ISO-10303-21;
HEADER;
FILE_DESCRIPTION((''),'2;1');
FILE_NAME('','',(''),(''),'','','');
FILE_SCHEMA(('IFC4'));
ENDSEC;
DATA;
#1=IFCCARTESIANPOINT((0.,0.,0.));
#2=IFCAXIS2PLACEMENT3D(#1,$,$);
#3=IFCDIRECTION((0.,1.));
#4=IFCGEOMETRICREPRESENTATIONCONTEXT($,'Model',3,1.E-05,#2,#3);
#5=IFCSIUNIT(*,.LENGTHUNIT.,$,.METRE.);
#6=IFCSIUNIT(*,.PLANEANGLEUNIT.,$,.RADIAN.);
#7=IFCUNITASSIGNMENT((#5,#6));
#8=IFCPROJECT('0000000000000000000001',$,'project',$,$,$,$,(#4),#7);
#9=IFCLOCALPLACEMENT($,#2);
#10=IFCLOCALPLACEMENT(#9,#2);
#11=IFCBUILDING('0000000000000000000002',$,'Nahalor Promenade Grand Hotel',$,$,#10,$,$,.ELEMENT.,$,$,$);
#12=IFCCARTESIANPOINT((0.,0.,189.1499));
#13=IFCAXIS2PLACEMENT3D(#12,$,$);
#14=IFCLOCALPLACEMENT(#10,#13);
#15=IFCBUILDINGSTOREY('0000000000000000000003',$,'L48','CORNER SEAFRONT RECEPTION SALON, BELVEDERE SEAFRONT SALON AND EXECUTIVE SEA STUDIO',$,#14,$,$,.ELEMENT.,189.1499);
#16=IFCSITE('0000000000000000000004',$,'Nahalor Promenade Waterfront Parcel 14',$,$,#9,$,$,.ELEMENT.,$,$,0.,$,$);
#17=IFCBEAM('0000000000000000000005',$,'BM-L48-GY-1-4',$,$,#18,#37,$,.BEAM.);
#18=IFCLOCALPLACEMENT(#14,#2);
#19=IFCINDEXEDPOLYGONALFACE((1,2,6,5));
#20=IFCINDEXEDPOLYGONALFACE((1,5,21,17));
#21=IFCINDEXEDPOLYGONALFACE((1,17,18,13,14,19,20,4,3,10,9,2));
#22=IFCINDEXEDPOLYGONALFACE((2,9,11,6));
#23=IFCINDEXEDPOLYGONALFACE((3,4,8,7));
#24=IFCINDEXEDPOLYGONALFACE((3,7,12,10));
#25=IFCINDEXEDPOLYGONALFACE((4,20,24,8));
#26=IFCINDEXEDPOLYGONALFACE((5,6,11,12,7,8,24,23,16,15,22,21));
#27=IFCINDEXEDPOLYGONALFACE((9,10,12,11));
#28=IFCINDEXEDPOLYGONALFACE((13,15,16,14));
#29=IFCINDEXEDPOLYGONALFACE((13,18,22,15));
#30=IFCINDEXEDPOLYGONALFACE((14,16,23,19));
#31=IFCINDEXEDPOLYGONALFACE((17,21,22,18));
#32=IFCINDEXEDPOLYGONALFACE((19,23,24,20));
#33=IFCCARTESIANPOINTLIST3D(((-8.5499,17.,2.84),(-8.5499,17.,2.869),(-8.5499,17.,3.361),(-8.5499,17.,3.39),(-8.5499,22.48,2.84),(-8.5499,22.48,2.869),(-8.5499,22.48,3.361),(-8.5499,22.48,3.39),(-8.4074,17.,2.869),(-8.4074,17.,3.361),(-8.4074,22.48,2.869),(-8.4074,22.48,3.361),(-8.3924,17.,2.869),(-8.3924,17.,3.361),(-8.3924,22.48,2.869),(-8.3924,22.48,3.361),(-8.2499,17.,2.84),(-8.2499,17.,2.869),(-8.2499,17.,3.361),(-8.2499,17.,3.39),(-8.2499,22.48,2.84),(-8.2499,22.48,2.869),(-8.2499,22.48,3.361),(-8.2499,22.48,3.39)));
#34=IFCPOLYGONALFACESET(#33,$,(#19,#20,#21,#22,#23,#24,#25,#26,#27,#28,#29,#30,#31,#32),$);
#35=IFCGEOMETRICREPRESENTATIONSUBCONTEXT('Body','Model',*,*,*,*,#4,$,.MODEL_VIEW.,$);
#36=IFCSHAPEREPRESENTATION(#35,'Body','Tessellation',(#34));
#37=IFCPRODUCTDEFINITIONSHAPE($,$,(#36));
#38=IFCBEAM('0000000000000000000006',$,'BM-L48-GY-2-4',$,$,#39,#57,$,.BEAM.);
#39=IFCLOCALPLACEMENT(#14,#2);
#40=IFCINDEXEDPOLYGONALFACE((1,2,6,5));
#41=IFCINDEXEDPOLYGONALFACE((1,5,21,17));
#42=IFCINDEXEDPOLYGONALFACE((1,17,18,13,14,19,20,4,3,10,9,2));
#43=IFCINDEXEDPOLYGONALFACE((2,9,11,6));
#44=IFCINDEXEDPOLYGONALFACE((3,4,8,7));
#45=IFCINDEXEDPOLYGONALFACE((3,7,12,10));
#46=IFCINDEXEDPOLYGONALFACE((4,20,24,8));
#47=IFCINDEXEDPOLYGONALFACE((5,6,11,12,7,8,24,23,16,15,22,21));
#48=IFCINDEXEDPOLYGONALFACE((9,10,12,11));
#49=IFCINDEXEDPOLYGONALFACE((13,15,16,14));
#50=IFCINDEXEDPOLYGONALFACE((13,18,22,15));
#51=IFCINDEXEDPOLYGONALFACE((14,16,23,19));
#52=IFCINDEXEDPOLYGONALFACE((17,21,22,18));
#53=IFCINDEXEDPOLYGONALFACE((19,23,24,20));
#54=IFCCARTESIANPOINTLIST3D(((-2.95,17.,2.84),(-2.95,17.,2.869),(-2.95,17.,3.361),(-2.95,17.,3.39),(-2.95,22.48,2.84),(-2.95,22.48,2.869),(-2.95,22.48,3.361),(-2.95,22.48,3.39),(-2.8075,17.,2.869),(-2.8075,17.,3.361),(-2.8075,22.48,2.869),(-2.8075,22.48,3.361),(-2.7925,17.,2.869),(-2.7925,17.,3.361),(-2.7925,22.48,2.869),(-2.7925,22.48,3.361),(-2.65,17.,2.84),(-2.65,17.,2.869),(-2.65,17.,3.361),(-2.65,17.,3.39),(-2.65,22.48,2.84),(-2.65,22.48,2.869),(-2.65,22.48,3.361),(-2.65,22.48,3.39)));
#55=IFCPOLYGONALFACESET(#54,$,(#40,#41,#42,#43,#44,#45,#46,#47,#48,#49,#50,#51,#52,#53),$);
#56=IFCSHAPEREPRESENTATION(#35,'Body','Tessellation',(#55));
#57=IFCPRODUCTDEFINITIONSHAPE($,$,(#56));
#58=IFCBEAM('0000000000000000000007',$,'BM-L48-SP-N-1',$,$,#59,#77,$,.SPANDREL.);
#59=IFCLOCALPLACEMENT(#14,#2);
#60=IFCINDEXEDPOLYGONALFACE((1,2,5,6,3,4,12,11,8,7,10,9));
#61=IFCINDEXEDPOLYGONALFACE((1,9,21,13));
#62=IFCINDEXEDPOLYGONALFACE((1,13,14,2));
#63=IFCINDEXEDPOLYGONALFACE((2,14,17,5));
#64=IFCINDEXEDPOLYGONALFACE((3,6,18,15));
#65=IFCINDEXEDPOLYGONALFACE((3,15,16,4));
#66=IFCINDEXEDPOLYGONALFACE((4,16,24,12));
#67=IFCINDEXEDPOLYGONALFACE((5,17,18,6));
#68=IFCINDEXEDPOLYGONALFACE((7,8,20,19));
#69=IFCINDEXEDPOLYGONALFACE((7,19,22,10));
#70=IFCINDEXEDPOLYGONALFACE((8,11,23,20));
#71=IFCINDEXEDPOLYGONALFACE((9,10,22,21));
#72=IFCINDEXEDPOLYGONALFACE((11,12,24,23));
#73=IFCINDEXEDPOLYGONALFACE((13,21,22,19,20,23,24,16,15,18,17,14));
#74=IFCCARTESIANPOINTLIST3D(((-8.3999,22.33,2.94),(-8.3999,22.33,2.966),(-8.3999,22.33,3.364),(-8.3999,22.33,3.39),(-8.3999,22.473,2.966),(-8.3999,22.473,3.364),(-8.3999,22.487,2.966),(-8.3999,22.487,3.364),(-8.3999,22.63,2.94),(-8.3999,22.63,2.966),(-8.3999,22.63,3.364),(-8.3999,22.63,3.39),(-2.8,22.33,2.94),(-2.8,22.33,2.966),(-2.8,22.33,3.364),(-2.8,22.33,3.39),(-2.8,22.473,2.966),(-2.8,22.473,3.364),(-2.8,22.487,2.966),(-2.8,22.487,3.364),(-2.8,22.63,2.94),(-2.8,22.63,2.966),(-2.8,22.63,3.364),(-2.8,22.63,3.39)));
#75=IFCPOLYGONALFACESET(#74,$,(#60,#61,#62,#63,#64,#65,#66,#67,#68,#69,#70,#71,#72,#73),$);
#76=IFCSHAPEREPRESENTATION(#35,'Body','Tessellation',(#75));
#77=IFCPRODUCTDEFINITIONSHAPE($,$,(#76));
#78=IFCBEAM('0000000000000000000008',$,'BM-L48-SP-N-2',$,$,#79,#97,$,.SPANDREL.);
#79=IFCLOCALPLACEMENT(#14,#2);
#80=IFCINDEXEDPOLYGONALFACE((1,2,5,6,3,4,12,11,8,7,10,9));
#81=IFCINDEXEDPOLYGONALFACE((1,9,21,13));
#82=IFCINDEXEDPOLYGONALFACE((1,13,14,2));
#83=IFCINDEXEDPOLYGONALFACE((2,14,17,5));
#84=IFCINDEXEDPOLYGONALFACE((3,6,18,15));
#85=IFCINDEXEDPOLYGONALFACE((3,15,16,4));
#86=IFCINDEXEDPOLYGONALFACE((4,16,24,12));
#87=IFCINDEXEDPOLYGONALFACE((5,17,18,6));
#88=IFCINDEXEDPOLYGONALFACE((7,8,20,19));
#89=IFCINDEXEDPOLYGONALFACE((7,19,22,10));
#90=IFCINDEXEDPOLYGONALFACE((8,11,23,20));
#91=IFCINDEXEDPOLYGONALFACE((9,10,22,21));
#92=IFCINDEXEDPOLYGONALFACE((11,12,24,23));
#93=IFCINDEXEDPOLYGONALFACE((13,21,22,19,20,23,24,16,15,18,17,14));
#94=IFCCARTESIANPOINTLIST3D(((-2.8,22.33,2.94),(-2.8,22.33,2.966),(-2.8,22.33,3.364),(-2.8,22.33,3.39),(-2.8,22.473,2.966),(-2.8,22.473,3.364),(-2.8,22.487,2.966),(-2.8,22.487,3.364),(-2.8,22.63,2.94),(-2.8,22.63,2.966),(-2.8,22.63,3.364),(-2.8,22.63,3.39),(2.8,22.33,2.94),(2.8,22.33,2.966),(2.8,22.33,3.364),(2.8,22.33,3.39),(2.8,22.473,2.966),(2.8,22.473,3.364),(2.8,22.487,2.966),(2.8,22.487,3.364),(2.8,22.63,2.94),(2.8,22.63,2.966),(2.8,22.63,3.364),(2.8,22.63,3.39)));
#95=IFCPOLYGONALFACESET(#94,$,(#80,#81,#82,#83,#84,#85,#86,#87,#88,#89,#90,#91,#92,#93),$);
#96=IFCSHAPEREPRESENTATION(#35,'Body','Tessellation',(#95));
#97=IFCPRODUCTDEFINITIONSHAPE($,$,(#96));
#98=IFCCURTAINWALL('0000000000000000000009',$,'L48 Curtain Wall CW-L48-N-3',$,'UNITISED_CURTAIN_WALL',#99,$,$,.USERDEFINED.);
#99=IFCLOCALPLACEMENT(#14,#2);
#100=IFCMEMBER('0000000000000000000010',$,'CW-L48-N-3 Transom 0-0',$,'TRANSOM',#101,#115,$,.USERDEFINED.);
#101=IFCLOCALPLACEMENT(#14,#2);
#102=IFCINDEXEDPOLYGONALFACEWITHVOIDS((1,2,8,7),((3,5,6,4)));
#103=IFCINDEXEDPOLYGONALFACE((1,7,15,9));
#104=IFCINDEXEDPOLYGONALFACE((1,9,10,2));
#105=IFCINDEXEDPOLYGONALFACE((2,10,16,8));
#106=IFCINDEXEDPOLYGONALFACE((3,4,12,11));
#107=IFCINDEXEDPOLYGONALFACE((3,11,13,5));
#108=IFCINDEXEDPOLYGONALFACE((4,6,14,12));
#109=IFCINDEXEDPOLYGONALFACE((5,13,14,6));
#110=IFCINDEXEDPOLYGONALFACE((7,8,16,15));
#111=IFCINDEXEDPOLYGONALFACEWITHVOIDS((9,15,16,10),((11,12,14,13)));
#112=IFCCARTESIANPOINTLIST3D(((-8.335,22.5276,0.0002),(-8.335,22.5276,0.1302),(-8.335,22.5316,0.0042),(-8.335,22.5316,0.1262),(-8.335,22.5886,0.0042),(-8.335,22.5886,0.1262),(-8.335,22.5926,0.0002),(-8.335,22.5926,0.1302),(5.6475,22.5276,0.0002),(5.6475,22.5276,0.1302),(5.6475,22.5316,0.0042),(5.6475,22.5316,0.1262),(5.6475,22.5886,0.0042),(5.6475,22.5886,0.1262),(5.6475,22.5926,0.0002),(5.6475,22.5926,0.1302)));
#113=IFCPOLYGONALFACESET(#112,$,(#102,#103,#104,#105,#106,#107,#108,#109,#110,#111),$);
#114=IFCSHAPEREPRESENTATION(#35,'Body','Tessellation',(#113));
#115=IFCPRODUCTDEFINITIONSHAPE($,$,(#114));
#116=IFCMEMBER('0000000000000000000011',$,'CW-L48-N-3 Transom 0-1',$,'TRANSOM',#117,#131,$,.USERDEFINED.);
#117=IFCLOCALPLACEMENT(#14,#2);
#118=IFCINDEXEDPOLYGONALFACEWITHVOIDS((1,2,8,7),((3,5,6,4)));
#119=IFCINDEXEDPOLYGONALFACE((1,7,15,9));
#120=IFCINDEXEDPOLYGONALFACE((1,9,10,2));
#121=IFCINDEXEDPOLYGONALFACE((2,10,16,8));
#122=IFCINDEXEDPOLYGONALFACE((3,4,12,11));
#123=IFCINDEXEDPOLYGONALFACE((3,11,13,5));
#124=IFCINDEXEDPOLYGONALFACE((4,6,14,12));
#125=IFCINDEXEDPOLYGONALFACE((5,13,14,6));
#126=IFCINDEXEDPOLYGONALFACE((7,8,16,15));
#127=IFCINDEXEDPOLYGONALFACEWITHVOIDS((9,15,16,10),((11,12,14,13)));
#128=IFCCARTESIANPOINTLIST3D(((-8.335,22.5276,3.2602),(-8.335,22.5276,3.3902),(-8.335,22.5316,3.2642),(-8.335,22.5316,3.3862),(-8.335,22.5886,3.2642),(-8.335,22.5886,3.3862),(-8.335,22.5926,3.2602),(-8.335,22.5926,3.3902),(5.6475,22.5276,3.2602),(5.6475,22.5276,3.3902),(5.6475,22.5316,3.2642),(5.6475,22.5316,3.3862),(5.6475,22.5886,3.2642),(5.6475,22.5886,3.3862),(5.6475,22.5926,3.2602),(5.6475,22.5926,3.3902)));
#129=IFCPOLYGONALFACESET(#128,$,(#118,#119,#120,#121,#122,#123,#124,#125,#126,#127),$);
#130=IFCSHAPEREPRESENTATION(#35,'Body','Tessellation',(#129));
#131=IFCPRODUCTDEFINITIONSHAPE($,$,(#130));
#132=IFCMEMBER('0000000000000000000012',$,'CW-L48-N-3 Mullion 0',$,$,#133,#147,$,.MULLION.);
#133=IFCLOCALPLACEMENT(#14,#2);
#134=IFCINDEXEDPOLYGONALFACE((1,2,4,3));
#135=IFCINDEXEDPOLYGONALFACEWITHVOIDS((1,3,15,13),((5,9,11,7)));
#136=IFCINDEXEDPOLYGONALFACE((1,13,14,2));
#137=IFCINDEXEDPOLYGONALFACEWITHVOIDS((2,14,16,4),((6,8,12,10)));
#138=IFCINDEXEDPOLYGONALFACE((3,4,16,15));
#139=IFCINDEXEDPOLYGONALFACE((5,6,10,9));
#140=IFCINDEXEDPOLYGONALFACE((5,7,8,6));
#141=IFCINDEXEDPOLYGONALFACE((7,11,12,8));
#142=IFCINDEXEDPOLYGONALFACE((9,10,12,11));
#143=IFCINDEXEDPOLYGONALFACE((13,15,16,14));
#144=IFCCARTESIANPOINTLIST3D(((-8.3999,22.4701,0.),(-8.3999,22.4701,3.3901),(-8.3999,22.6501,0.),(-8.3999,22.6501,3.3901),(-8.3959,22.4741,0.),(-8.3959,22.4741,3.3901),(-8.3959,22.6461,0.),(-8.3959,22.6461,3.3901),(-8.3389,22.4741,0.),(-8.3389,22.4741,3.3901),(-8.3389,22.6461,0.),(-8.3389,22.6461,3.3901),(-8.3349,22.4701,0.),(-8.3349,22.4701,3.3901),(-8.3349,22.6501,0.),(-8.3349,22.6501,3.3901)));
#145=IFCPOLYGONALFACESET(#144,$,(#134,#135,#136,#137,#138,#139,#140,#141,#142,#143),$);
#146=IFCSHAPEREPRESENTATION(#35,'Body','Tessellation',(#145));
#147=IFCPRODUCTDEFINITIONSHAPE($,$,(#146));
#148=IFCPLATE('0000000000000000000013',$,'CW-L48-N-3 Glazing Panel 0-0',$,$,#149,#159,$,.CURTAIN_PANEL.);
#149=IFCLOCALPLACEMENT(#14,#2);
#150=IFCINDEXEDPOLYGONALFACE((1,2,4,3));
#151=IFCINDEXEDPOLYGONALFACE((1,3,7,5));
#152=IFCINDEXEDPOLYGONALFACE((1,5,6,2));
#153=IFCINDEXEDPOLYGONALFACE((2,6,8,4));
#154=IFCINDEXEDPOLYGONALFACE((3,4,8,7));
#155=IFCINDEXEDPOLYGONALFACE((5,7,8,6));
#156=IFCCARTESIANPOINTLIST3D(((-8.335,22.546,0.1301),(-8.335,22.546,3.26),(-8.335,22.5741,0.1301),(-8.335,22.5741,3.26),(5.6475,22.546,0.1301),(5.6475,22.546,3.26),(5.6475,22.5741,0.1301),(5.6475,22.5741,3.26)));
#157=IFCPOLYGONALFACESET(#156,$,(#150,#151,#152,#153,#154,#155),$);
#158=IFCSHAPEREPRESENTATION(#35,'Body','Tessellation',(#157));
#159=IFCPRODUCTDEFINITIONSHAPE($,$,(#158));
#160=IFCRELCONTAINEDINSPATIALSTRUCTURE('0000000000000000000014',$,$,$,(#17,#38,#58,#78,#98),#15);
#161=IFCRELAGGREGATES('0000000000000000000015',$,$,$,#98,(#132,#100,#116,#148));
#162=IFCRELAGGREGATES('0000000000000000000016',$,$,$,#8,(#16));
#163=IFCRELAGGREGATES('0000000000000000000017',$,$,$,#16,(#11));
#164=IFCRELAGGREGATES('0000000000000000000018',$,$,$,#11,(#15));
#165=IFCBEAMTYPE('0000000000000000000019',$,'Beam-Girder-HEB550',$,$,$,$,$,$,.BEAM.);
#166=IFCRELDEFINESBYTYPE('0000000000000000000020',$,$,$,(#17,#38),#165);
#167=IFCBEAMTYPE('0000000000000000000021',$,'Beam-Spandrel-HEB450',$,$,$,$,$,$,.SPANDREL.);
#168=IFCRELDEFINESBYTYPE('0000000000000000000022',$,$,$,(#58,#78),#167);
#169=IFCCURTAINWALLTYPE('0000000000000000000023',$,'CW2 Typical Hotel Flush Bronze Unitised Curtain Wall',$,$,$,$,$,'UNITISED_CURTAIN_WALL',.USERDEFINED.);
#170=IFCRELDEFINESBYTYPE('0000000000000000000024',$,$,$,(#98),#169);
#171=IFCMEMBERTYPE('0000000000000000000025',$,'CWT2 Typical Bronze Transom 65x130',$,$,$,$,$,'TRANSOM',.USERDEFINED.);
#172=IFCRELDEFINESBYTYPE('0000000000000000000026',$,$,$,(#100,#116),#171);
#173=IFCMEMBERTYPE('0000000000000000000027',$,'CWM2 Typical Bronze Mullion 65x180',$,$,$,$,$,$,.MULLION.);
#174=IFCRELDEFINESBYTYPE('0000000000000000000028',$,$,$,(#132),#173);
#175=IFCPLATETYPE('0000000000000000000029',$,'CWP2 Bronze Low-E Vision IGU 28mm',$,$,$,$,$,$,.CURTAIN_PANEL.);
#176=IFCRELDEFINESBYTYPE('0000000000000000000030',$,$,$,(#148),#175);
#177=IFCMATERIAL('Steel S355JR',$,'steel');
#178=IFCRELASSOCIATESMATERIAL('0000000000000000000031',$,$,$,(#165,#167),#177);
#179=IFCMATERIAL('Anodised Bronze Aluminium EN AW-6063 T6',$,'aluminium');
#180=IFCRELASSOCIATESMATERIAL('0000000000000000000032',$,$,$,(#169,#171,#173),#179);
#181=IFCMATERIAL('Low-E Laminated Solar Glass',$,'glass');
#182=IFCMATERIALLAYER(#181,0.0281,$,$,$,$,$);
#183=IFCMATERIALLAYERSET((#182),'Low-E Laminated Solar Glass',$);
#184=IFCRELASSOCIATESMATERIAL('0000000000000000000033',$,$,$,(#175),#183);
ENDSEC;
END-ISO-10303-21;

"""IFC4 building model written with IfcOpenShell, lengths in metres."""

from ifc_helpers import new_model, si_unit, direction, frame, origin, origin_2d, place, context, subcontext, project, spatial, rectangle, hollow_rectangle, i_section, extrude, source, transform, mapped, material, layer, layer_set, material_profile, profile_set, type_object, element, aggregate, save


model = new_model("IFC4")

# Units and contexts
model_context = context("Model", 3, precision=1e-05, world=origin(), true_north=direction((0.0, 1.0)))
body_context = subcontext(model_context, "Body", "Model", "MODEL_VIEW")
ifc_project = project(units=[si_unit("LENGTHUNIT", "METRE"), si_unit("PLANEANGLEUNIT", "RADIAN")], contexts=[model_context])

# Site, building, storey
site_placement = place(None, origin())
site = spatial("IfcSite", under=ifc_project, at=site_placement, Name="Nahalor Promenade Waterfront Parcel 14", CompositionType="ELEMENT", RefElevation=0.0)
building_placement = place(site_placement, origin())
building = spatial("IfcBuilding", under=site, at=building_placement, Name="Nahalor Promenade Grand Hotel", CompositionType="ELEMENT")
storey_placement = place(building_placement, frame((0.0, 0.0, 189.1499)))
storey = spatial("IfcBuildingStorey", under=building, at=storey_placement, Name="L48", Description="CORNER SEAFRONT RECEPTION SALON, BELVEDERE SEAFRONT SALON AND EXECUTIVE SEA STUDIO", CompositionType="ELEMENT", Elevation=189.1499)

# Beams
ifc_material_1 = material(Name="Steel S355JR", Category="steel")
ifc_material_profile_1 = material_profile(ifc_material_1, i_section(OverallWidth=0.3, OverallDepth=0.55, WebThickness=0.015, FlangeThickness=0.029, at=origin_2d()), Name="HEB 550")
ifc_profile_set_1 = profile_set([ifc_material_profile_1], Name="Steel S355JR")
beam_type_1 = type_object("IfcBeamType", Name="Beam-Girder-HEB550", PredefinedType="BEAM", material=ifc_profile_set_1)
shared_shape_1 = source(origin(), body_context, "Body", "SweptSolid", [
    extrude(i_section(OverallWidth=0.3, OverallDepth=0.55, WebThickness=0.015, FlangeThickness=0.029, at=origin_2d()), origin(), (0.0, 0.0, 1.0), 5.48),
])
for number, where, z_axis, x_axis, name in (
    (1, (-8.3999, 17.0, 3.115), (0.0, 1.0, 0.0), (-1.0, 0.0, 0.0), "BM-L48-GY-1-4"),
    (2, (-2.8, 17.0, 3.115), (0.0, 1.0, 0.0), (-1.0, 0.0, 0.0), "BM-L48-GY-2-4"),
):
    element("IfcBeam", number, at=place(storey_placement, frame(where, z_axis=z_axis, x_axis=x_axis)), inside=storey, type_object=beam_type_1, Name=name, PredefinedType="BEAM", context=body_context, shape_type="MappedRepresentation", body=[
        mapped(shared_shape_1, transform((0.0, 0.0, 0.0), scale=1.0)),
    ])
ifc_material_profile_2 = material_profile(ifc_material_1, i_section(OverallWidth=0.3, OverallDepth=0.45, WebThickness=0.014, FlangeThickness=0.026, at=origin_2d()), Name="HEB 450")
ifc_profile_set_2 = profile_set([ifc_material_profile_2], Name="Steel S355JR")
beam_type_2 = type_object("IfcBeamType", Name="Beam-Spandrel-HEB450", PredefinedType="SPANDREL", material=ifc_profile_set_2)
shared_shape_2 = source(origin(), body_context, "Body", "SweptSolid", [
    extrude(i_section(OverallWidth=0.3, OverallDepth=0.45, WebThickness=0.014, FlangeThickness=0.026, at=origin_2d()), origin(), (0.0, 0.0, 1.0), 5.5999),
])
beam_1_placement = place(storey_placement, frame((-8.3999, 22.48, 3.165), z_axis=(1.0, 0.0, 0.0), x_axis=(0.0, 1.0, 0.0)))
element("IfcBeam", 3, at=beam_1_placement, inside=storey, type_object=beam_type_2, Name="BM-L48-SP-N-1", PredefinedType="SPANDREL", context=body_context, shape_type="MappedRepresentation", body=[
    mapped(shared_shape_2, transform((0.0, 0.0, 0.0), scale=1.0)),
])
shared_shape_3 = source(origin(), body_context, "Body", "SweptSolid", [
    extrude(i_section(OverallWidth=0.3, OverallDepth=0.45, WebThickness=0.014, FlangeThickness=0.026, at=origin_2d()), origin(), (0.0, 0.0, 1.0), 5.6001),
])
beam_2_placement = place(storey_placement, frame((-2.8, 22.48, 3.165), z_axis=(1.0, 0.0, 0.0), x_axis=(0.0, 1.0, 0.0)))
element("IfcBeam", 4, at=beam_2_placement, inside=storey, type_object=beam_type_2, Name="BM-L48-SP-N-2", PredefinedType="SPANDREL", context=body_context, shape_type="MappedRepresentation", body=[
    mapped(shared_shape_3, transform((0.0, 0.0, 0.0), scale=1.0)),
])

# Curtain wall, members, plate
ifc_material_2 = material(Name="Anodised Bronze Aluminium EN AW-6063 T6", Category="aluminium")
curtain_wall_type = type_object("IfcCurtainWallType", Name="CW2 Typical Hotel Flush Bronze Unitised Curtain Wall", ElementType="UNITISED_CURTAIN_WALL", PredefinedType="USERDEFINED", material=ifc_material_2)
curtain_wall_placement = place(storey_placement, origin())
curtain_wall = element("IfcCurtainWall", 5, at=curtain_wall_placement, inside=storey, type_object=curtain_wall_type, Name="L48 Curtain Wall CW-L48-N-3", ObjectType="UNITISED_CURTAIN_WALL", PredefinedType="USERDEFINED")
ifc_material_profile_3 = material_profile(ifc_material_2, hollow_rectangle(XDim=0.065, YDim=0.13, WallThickness=0.004, at=origin_2d()), Name="CWT 65x130x4")
ifc_profile_set_3 = profile_set([ifc_material_profile_3], Name="Anodised Bronze Aluminium EN AW-6063 T6")
member_type_1 = type_object("IfcMemberType", Name="CWT2 Typical Bronze Transom 65x130", ElementType="TRANSOM", PredefinedType="USERDEFINED", material=ifc_profile_set_3)
shared_shape_4 = source(origin(), body_context, "Body", "SweptSolid", [
    extrude(hollow_rectangle(XDim=0.065, YDim=0.13, WallThickness=0.004, at=origin_2d()), origin(), (0.0, 0.0, 1.0), 13.9824),
])
member_1_placement = place(storey_placement, frame((-8.335, 22.5601, 0.0652), z_axis=(1.0, 0.0, 0.0), x_axis=(0.0, 1.0, 0.0)))
member_1 = element("IfcMember", 6, at=member_1_placement, type_object=member_type_1, Name="CW-L48-N-3 Transom 0-0", ObjectType="TRANSOM", PredefinedType="USERDEFINED", context=body_context, shape_type="MappedRepresentation", body=[
    mapped(shared_shape_4, transform((0.0, 0.0, 0.0), scale=1.0)),
])
member_2_placement = place(storey_placement, frame((-8.335, 22.5601, 3.3252), z_axis=(1.0, 0.0, 0.0), x_axis=(0.0, 1.0, 0.0)))
member_2 = element("IfcMember", 7, at=member_2_placement, type_object=member_type_1, Name="CW-L48-N-3 Transom 0-1", ObjectType="TRANSOM", PredefinedType="USERDEFINED", context=body_context, shape_type="MappedRepresentation", body=[
    mapped(shared_shape_4, transform((0.0, 0.0, 0.0), scale=1.0)),
])
ifc_material_profile_4 = material_profile(ifc_material_2, hollow_rectangle(XDim=0.065, YDim=0.18, WallThickness=0.004, at=origin_2d()), Name="CWM 65x180x4")
ifc_profile_set_4 = profile_set([ifc_material_profile_4], Name="Anodised Bronze Aluminium EN AW-6063 T6")
member_type_2 = type_object("IfcMemberType", Name="CWM2 Typical Bronze Mullion 65x180", PredefinedType="MULLION", material=ifc_profile_set_4)
shared_shape_5 = source(origin(), body_context, "Body", "SweptSolid", [
    extrude(hollow_rectangle(XDim=0.065, YDim=0.18, WallThickness=0.004, at=origin_2d()), origin(), (0.0, 0.0, 1.0), 3.3901),
])
member_3_placement = place(storey_placement, frame((-8.3674, 22.5601, 0.0), z_axis=(0.0, 0.0, 1.0), x_axis=(1.0, 0.0, 0.0)))
member_3 = element("IfcMember", 8, at=member_3_placement, type_object=member_type_2, Name="CW-L48-N-3 Mullion 0", PredefinedType="MULLION", context=body_context, shape_type="MappedRepresentation", body=[
    mapped(shared_shape_5, transform((0.0, 0.0, 0.0), scale=1.0)),
])
ifc_material_3 = material(Name="Low-E Laminated Solar Glass", Category="glass")
ifc_layer_1 = layer(ifc_material_3, 0.0281)
ifc_layer_set_1 = layer_set([ifc_layer_1], Name="Low-E Laminated Solar Glass")
plate_type = type_object("IfcPlateType", Name="CWP2 Bronze Low-E Vision IGU 28mm", PredefinedType="CURTAIN_PANEL", material=ifc_layer_set_1)
shared_shape_6 = source(origin(), body_context, "Body", "SweptSolid", [
    extrude(rectangle(XDim=13.9824, YDim=0.0281, at=origin_2d()), origin(), (0.0, 0.0, 1.0), 3.1299),
])
plate_placement = place(storey_placement, frame((-1.3438, 22.5601, 0.1301), z_axis=(0.0, 0.0, 1.0), x_axis=(1.0, 0.0, 0.0)))
plate = element("IfcPlate", 9, at=plate_placement, type_object=plate_type, Name="CW-L48-N-3 Glazing Panel 0-0", PredefinedType="CURTAIN_PANEL", context=body_context, shape_type="MappedRepresentation", body=[
    mapped(shared_shape_6, transform((0.0, 0.0, 0.0), scale=1.0)),
])
aggregate(curtain_wall, [member_3, member_1, member_2, plate])

save(model, "model.ifc")
